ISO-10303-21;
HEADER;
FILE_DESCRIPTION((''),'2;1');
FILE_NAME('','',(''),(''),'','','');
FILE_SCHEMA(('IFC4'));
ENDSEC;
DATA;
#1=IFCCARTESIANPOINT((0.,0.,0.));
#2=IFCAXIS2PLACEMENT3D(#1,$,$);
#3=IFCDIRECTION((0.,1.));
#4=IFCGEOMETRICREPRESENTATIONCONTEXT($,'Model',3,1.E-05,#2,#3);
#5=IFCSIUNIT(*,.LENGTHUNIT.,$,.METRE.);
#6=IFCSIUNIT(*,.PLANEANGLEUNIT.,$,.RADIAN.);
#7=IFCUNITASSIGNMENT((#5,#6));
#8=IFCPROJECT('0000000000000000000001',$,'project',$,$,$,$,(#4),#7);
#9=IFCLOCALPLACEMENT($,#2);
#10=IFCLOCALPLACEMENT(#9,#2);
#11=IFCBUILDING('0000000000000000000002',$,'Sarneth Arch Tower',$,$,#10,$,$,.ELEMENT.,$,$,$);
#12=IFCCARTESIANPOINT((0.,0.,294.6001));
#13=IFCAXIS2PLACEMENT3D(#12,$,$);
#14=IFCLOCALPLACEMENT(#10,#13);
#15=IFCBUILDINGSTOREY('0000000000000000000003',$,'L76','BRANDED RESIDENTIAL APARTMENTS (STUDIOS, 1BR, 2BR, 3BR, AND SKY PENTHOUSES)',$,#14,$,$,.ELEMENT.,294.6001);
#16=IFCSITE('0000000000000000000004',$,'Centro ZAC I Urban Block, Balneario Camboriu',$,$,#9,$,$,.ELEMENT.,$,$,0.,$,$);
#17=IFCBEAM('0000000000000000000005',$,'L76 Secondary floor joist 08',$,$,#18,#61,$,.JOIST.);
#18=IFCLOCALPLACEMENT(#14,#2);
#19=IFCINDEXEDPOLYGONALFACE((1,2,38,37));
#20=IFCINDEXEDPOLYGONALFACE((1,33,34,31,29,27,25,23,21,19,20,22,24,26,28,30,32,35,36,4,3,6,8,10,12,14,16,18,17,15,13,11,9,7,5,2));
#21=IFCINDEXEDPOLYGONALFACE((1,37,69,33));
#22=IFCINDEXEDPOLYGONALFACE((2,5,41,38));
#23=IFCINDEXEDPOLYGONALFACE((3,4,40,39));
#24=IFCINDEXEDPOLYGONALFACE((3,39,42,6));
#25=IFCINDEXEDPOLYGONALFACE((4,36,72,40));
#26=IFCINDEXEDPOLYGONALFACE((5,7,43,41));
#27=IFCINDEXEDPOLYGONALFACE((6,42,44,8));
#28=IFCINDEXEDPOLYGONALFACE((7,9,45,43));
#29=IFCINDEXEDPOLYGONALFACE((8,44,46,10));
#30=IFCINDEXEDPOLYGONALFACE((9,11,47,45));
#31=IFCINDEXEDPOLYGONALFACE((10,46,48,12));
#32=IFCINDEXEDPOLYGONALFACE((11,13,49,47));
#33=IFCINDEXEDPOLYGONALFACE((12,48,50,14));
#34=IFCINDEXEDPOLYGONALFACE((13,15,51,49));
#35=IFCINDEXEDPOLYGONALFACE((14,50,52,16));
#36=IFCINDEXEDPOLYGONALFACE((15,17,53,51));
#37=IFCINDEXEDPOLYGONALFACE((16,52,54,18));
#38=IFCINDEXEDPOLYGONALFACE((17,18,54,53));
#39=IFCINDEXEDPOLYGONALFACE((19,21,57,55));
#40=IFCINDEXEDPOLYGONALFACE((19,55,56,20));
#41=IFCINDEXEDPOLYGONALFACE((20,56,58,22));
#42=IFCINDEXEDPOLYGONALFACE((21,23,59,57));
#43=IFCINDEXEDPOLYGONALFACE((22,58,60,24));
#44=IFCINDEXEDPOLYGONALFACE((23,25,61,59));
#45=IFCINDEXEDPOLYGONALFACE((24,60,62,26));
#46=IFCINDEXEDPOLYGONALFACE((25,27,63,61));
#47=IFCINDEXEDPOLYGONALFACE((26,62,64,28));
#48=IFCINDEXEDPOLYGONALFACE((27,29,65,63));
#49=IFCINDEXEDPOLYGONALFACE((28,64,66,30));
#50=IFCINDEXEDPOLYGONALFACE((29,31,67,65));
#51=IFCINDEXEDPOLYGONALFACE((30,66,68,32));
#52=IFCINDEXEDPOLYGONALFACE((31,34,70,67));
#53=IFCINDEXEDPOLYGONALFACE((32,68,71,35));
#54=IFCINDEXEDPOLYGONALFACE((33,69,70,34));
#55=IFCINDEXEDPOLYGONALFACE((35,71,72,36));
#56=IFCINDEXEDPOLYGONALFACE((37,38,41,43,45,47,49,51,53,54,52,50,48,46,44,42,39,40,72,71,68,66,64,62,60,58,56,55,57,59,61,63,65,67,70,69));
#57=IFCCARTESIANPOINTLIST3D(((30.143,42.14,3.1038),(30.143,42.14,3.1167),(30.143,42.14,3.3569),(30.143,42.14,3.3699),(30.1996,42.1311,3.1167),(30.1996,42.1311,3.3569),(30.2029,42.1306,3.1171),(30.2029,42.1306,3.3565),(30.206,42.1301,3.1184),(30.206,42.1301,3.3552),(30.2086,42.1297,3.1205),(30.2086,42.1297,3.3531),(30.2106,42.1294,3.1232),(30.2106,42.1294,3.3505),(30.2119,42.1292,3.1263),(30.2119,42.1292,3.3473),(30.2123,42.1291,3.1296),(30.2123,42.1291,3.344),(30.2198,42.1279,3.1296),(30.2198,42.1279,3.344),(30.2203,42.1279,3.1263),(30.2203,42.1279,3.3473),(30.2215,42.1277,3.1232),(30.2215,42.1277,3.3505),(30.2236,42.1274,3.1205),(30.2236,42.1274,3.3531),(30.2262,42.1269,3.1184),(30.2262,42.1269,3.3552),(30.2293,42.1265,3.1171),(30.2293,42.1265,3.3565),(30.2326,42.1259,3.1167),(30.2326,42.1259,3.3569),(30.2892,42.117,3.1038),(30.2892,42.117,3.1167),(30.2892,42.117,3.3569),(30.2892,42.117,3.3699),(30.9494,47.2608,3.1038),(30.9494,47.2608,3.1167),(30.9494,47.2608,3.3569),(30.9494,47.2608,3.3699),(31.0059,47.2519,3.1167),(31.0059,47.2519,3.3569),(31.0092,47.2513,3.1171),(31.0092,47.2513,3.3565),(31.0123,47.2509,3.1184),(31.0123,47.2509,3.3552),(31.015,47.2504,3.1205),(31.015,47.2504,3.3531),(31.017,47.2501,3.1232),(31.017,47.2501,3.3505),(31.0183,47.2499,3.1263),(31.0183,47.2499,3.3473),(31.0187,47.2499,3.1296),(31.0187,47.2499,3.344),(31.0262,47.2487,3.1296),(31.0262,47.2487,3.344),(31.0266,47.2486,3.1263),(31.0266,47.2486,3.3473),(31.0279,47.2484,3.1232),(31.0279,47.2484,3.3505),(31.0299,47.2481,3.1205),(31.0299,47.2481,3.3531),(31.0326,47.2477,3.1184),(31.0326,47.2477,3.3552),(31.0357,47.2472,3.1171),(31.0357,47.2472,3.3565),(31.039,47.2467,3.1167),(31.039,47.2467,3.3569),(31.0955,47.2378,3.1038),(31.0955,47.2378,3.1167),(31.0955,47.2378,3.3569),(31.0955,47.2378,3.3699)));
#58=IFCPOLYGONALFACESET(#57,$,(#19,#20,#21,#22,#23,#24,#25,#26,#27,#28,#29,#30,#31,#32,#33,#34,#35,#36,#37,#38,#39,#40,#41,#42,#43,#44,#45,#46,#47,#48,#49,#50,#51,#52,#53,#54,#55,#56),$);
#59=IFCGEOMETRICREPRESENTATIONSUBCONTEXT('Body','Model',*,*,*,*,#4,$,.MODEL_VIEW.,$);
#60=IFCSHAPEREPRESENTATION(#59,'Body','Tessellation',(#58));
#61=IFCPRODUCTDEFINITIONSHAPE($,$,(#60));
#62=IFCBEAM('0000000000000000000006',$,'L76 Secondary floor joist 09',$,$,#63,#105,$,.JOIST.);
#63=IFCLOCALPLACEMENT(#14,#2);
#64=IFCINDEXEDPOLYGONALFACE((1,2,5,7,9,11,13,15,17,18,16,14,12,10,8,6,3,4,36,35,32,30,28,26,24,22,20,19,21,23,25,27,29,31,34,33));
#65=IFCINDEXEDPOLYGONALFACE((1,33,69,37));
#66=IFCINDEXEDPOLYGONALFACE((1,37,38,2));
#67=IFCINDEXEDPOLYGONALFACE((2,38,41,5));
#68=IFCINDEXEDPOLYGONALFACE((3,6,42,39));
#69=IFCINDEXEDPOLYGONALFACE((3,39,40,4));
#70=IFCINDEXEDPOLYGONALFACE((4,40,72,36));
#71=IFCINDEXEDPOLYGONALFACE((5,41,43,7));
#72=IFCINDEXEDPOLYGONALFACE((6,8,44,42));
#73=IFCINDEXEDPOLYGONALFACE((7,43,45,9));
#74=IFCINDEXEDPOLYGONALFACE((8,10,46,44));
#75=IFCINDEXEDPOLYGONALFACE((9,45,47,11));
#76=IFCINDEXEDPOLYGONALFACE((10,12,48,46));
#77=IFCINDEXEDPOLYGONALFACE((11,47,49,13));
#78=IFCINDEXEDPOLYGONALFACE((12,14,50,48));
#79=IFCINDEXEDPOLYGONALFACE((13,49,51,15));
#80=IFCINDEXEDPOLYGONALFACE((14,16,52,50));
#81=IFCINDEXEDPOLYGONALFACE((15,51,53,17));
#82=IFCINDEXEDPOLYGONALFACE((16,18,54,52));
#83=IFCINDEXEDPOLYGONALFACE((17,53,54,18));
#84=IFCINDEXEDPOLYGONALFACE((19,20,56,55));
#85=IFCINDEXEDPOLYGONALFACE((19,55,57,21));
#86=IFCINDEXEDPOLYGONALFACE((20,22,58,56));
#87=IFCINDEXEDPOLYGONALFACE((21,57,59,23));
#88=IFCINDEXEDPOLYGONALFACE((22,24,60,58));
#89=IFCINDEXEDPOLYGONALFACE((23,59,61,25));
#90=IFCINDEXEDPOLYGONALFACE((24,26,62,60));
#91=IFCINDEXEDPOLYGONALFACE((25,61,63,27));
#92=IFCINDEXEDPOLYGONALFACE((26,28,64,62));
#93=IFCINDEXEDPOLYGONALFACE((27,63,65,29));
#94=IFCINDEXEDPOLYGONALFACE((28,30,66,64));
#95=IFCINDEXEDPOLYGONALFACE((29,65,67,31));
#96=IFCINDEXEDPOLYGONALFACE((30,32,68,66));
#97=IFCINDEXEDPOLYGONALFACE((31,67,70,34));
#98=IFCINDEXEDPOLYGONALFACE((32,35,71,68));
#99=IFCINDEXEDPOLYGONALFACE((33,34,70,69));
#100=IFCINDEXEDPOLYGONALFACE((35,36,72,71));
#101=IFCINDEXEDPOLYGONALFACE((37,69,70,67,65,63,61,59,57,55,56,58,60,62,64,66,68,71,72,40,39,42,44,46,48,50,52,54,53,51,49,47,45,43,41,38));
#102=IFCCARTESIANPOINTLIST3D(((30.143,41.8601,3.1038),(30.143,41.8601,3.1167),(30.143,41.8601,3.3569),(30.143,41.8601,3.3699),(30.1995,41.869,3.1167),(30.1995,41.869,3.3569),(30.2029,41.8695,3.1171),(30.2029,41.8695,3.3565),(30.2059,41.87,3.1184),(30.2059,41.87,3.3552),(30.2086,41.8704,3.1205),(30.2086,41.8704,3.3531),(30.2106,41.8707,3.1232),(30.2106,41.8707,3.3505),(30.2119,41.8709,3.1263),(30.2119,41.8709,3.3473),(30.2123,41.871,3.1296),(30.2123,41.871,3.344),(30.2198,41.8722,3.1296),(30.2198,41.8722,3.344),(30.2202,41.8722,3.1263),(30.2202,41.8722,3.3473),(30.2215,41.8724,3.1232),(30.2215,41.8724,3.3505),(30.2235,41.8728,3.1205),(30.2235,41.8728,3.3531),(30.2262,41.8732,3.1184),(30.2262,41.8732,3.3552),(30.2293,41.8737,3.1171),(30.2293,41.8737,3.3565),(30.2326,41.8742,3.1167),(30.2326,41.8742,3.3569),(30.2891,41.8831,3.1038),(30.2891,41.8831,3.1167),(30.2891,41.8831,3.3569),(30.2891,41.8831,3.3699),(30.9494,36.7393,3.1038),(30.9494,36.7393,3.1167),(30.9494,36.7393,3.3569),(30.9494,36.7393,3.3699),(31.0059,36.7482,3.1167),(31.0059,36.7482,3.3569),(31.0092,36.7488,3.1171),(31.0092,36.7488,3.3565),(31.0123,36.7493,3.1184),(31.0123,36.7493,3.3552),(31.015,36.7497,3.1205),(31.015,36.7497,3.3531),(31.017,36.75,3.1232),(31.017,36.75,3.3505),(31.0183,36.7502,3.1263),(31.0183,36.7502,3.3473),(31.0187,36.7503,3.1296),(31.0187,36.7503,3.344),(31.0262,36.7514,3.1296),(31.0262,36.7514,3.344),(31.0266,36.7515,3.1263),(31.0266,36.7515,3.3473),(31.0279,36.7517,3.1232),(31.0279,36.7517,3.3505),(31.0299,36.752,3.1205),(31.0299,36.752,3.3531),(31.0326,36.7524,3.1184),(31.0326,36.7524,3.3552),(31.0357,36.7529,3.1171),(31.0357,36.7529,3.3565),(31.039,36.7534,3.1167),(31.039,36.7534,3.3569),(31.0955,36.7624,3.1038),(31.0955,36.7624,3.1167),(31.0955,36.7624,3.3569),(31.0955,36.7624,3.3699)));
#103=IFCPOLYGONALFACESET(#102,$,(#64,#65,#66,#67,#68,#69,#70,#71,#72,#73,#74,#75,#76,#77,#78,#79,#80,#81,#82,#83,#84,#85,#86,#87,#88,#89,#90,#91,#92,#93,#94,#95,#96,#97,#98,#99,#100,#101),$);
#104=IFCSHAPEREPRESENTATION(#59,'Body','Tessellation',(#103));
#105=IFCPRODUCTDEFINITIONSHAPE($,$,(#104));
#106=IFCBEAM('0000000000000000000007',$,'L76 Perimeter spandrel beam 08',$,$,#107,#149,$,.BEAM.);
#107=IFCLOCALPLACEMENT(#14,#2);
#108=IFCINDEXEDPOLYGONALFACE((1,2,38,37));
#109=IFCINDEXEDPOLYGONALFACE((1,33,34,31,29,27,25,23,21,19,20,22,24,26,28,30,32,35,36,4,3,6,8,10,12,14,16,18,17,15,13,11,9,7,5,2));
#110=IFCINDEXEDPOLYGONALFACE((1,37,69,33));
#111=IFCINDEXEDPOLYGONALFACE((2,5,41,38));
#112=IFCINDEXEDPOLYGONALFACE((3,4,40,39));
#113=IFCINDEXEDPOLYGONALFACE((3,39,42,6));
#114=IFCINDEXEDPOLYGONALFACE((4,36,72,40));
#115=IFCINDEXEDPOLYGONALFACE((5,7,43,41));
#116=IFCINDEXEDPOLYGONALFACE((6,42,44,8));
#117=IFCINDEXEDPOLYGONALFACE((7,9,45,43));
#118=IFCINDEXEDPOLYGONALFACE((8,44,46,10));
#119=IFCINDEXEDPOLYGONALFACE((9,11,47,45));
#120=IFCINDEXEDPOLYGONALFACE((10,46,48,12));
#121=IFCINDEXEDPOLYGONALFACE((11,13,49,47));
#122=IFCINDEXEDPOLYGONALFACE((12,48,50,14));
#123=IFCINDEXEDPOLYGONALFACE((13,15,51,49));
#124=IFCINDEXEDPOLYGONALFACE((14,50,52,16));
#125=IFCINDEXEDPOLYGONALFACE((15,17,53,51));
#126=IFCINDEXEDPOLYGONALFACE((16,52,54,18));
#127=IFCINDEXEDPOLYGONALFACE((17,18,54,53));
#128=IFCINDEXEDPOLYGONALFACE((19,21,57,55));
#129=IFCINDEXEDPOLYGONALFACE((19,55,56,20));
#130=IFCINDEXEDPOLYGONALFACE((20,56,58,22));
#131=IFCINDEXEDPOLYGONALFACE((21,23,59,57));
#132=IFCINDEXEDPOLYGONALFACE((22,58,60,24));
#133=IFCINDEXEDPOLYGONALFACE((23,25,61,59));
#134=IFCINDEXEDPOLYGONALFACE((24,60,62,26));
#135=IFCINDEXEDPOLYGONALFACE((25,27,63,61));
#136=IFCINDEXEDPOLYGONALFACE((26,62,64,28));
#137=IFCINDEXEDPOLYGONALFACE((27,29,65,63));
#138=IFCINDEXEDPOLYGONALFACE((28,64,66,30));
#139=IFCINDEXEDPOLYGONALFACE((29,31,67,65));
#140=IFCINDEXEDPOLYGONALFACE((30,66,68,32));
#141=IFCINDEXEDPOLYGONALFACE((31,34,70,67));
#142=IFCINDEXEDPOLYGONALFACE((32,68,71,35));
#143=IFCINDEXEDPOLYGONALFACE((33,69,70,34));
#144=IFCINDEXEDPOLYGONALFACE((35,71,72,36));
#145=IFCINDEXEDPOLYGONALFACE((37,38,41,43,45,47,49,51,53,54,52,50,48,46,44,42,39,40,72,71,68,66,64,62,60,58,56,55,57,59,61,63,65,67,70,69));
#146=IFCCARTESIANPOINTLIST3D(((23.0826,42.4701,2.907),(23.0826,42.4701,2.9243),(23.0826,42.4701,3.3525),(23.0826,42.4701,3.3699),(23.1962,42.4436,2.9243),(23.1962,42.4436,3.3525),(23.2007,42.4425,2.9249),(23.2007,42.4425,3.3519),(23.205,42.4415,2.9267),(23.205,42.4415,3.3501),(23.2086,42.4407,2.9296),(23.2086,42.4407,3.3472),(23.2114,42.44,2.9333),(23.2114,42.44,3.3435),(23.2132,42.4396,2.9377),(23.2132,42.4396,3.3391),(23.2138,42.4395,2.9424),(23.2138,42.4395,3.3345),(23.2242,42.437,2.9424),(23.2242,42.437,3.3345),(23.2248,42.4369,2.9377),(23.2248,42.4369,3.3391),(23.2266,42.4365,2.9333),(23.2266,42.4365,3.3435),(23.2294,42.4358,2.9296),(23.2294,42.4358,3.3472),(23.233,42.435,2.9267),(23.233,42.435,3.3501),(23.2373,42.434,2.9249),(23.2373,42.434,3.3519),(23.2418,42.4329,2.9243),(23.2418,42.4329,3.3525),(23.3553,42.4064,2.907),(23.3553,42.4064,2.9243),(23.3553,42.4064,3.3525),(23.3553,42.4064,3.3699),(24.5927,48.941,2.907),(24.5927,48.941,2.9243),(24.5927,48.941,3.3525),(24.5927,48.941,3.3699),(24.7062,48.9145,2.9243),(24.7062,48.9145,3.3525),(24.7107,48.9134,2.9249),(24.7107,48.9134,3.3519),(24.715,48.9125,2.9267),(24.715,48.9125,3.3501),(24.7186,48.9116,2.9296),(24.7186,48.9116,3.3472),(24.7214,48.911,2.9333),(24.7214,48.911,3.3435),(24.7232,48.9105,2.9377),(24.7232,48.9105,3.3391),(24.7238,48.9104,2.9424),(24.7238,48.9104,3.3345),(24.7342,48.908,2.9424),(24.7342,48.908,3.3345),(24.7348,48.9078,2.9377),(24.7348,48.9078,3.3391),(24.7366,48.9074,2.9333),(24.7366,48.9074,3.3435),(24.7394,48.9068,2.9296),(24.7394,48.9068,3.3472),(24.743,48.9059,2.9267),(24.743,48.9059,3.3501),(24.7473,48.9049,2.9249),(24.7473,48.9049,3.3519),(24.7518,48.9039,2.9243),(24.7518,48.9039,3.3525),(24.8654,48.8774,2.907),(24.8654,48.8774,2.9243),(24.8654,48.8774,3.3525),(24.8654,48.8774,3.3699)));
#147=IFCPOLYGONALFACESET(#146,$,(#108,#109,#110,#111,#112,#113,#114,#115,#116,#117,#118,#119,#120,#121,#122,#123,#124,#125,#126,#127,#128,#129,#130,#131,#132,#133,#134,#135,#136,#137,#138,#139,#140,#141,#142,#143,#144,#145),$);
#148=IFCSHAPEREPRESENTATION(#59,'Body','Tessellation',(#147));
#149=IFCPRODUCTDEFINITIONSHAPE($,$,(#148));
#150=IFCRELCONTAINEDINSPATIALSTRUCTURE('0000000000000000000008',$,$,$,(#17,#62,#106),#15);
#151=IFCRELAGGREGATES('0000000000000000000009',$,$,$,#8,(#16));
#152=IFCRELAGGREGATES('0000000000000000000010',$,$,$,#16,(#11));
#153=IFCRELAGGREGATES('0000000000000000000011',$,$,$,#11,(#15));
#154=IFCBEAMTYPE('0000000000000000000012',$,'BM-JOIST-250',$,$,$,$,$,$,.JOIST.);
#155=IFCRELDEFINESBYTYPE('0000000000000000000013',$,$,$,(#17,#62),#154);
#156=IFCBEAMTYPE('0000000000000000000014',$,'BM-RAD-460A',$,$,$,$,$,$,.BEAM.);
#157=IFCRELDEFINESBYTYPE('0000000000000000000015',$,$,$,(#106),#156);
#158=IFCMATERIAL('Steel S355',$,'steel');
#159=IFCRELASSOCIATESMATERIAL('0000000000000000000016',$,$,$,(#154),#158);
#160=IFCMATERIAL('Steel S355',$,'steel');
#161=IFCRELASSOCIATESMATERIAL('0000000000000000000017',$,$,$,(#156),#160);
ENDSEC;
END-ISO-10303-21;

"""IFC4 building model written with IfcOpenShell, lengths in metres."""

from ifc_helpers import new_model, si_unit, direction, frame, origin, origin_2d, place, context, subcontext, project, spatial, i_section, extrude, material, material_profile, profile_set, type_object, element, save


model = new_model("IFC4")

# Units and contexts
model_context = context("Model", 3, precision=1e-05, world=origin(), true_north=direction((0.0, 1.0)))
body_context = subcontext(model_context, "Body", "Model", "MODEL_VIEW")
ifc_project = project(units=[si_unit("LENGTHUNIT", "METRE"), si_unit("PLANEANGLEUNIT", "RADIAN")], contexts=[model_context])

# Site, building, storey
site_placement = place(None, origin())
site = spatial("IfcSite", under=ifc_project, at=site_placement, Name="Centro ZAC I Urban Block, Balneario Camboriu", CompositionType="ELEMENT", RefElevation=0.0)
building_placement = place(site_placement, origin())
building = spatial("IfcBuilding", under=site, at=building_placement, Name="Sarneth Arch Tower", CompositionType="ELEMENT")
storey_placement = place(building_placement, frame((0.0, 0.0, 294.6001)))
storey = spatial("IfcBuildingStorey", under=building, at=storey_placement, Name="L76", Description="BRANDED RESIDENTIAL APARTMENTS (STUDIOS, 1BR, 2BR, 3BR, AND SKY PENTHOUSES)", CompositionType="ELEMENT", Elevation=294.6001)

# Beams
ifc_material_1 = material(Name="Steel S355", Category="steel")
ifc_material_profile_1 = material_profile(ifc_material_1, i_section(OverallWidth=0.1479, OverallDepth=0.2661, WebThickness=0.0076, FlangeThickness=0.0129, FilletRadius=0.0129, at=origin_2d()), Name="W250x44.8")
ifc_profile_set_1 = profile_set([ifc_material_profile_1], Name="Steel S355")
beam_type_1 = type_object("IfcBeamType", Name="BM-JOIST-250", PredefinedType="JOIST", material=ifc_profile_set_1)
for number, where, z_axis, x_axis, name in (
    (1, (31.0225, 47.2493, 3.2368), (-0.155556, -0.987827, 0.0), (0.987827, -0.155556, 0.0), "L76 Secondary floor joist 08"),
    (2, (30.2161, 41.8716, 3.2368), (0.155556, -0.987827, 0.0), (0.987827, 0.155556, 0.0), "L76 Secondary floor joist 09"),
):
    element("IfcBeam", number, at=place(storey_placement, frame(where, z_axis=z_axis, x_axis=x_axis)), inside=storey, type_object=beam_type_1, Name=name, PredefinedType="JOIST", context=body_context, shape_type="SweptSolid", body=[
        extrude(i_section(OverallWidth=0.1479, OverallDepth=0.2661, WebThickness=0.0076, FlangeThickness=0.0129, FilletRadius=0.0129, at=origin_2d()), origin(), (0.0, 0.0, 1.0), 5.1838),
    ])
ifc_material_2 = material(Name="Steel S355", Category="steel")
ifc_material_profile_2 = material_profile(ifc_material_2, i_section(OverallWidth=0.28, OverallDepth=0.4629, WebThickness=0.0107, FlangeThickness=0.0173, FilletRadius=0.0181, at=origin_2d()), Name="W460x113")
ifc_profile_set_2 = profile_set([ifc_material_profile_2], Name="Steel S355")
beam_type_2 = type_object("IfcBeamType", Name="BM-RAD-460A", PredefinedType="BEAM", material=ifc_profile_set_2)
beam_placement = place(storey_placement, frame((24.729, 48.9092, 3.1384), z_axis=(-0.227247, -0.973837, 0.0), x_axis=(0.973837, -0.227247, 0.0)))
element("IfcBeam", 3, at=beam_placement, inside=storey, type_object=beam_type_2, Name="L76 Perimeter spandrel beam 08", PredefinedType="BEAM", context=body_context, shape_type="SweptSolid", body=[
    extrude(i_section(OverallWidth=0.28, OverallDepth=0.4629, WebThickness=0.0107, FlangeThickness=0.0173, FilletRadius=0.0181, at=origin_2d()), origin(), (0.0, 0.0, 1.0), 6.6448),
])

save(model, "model.ifc")
